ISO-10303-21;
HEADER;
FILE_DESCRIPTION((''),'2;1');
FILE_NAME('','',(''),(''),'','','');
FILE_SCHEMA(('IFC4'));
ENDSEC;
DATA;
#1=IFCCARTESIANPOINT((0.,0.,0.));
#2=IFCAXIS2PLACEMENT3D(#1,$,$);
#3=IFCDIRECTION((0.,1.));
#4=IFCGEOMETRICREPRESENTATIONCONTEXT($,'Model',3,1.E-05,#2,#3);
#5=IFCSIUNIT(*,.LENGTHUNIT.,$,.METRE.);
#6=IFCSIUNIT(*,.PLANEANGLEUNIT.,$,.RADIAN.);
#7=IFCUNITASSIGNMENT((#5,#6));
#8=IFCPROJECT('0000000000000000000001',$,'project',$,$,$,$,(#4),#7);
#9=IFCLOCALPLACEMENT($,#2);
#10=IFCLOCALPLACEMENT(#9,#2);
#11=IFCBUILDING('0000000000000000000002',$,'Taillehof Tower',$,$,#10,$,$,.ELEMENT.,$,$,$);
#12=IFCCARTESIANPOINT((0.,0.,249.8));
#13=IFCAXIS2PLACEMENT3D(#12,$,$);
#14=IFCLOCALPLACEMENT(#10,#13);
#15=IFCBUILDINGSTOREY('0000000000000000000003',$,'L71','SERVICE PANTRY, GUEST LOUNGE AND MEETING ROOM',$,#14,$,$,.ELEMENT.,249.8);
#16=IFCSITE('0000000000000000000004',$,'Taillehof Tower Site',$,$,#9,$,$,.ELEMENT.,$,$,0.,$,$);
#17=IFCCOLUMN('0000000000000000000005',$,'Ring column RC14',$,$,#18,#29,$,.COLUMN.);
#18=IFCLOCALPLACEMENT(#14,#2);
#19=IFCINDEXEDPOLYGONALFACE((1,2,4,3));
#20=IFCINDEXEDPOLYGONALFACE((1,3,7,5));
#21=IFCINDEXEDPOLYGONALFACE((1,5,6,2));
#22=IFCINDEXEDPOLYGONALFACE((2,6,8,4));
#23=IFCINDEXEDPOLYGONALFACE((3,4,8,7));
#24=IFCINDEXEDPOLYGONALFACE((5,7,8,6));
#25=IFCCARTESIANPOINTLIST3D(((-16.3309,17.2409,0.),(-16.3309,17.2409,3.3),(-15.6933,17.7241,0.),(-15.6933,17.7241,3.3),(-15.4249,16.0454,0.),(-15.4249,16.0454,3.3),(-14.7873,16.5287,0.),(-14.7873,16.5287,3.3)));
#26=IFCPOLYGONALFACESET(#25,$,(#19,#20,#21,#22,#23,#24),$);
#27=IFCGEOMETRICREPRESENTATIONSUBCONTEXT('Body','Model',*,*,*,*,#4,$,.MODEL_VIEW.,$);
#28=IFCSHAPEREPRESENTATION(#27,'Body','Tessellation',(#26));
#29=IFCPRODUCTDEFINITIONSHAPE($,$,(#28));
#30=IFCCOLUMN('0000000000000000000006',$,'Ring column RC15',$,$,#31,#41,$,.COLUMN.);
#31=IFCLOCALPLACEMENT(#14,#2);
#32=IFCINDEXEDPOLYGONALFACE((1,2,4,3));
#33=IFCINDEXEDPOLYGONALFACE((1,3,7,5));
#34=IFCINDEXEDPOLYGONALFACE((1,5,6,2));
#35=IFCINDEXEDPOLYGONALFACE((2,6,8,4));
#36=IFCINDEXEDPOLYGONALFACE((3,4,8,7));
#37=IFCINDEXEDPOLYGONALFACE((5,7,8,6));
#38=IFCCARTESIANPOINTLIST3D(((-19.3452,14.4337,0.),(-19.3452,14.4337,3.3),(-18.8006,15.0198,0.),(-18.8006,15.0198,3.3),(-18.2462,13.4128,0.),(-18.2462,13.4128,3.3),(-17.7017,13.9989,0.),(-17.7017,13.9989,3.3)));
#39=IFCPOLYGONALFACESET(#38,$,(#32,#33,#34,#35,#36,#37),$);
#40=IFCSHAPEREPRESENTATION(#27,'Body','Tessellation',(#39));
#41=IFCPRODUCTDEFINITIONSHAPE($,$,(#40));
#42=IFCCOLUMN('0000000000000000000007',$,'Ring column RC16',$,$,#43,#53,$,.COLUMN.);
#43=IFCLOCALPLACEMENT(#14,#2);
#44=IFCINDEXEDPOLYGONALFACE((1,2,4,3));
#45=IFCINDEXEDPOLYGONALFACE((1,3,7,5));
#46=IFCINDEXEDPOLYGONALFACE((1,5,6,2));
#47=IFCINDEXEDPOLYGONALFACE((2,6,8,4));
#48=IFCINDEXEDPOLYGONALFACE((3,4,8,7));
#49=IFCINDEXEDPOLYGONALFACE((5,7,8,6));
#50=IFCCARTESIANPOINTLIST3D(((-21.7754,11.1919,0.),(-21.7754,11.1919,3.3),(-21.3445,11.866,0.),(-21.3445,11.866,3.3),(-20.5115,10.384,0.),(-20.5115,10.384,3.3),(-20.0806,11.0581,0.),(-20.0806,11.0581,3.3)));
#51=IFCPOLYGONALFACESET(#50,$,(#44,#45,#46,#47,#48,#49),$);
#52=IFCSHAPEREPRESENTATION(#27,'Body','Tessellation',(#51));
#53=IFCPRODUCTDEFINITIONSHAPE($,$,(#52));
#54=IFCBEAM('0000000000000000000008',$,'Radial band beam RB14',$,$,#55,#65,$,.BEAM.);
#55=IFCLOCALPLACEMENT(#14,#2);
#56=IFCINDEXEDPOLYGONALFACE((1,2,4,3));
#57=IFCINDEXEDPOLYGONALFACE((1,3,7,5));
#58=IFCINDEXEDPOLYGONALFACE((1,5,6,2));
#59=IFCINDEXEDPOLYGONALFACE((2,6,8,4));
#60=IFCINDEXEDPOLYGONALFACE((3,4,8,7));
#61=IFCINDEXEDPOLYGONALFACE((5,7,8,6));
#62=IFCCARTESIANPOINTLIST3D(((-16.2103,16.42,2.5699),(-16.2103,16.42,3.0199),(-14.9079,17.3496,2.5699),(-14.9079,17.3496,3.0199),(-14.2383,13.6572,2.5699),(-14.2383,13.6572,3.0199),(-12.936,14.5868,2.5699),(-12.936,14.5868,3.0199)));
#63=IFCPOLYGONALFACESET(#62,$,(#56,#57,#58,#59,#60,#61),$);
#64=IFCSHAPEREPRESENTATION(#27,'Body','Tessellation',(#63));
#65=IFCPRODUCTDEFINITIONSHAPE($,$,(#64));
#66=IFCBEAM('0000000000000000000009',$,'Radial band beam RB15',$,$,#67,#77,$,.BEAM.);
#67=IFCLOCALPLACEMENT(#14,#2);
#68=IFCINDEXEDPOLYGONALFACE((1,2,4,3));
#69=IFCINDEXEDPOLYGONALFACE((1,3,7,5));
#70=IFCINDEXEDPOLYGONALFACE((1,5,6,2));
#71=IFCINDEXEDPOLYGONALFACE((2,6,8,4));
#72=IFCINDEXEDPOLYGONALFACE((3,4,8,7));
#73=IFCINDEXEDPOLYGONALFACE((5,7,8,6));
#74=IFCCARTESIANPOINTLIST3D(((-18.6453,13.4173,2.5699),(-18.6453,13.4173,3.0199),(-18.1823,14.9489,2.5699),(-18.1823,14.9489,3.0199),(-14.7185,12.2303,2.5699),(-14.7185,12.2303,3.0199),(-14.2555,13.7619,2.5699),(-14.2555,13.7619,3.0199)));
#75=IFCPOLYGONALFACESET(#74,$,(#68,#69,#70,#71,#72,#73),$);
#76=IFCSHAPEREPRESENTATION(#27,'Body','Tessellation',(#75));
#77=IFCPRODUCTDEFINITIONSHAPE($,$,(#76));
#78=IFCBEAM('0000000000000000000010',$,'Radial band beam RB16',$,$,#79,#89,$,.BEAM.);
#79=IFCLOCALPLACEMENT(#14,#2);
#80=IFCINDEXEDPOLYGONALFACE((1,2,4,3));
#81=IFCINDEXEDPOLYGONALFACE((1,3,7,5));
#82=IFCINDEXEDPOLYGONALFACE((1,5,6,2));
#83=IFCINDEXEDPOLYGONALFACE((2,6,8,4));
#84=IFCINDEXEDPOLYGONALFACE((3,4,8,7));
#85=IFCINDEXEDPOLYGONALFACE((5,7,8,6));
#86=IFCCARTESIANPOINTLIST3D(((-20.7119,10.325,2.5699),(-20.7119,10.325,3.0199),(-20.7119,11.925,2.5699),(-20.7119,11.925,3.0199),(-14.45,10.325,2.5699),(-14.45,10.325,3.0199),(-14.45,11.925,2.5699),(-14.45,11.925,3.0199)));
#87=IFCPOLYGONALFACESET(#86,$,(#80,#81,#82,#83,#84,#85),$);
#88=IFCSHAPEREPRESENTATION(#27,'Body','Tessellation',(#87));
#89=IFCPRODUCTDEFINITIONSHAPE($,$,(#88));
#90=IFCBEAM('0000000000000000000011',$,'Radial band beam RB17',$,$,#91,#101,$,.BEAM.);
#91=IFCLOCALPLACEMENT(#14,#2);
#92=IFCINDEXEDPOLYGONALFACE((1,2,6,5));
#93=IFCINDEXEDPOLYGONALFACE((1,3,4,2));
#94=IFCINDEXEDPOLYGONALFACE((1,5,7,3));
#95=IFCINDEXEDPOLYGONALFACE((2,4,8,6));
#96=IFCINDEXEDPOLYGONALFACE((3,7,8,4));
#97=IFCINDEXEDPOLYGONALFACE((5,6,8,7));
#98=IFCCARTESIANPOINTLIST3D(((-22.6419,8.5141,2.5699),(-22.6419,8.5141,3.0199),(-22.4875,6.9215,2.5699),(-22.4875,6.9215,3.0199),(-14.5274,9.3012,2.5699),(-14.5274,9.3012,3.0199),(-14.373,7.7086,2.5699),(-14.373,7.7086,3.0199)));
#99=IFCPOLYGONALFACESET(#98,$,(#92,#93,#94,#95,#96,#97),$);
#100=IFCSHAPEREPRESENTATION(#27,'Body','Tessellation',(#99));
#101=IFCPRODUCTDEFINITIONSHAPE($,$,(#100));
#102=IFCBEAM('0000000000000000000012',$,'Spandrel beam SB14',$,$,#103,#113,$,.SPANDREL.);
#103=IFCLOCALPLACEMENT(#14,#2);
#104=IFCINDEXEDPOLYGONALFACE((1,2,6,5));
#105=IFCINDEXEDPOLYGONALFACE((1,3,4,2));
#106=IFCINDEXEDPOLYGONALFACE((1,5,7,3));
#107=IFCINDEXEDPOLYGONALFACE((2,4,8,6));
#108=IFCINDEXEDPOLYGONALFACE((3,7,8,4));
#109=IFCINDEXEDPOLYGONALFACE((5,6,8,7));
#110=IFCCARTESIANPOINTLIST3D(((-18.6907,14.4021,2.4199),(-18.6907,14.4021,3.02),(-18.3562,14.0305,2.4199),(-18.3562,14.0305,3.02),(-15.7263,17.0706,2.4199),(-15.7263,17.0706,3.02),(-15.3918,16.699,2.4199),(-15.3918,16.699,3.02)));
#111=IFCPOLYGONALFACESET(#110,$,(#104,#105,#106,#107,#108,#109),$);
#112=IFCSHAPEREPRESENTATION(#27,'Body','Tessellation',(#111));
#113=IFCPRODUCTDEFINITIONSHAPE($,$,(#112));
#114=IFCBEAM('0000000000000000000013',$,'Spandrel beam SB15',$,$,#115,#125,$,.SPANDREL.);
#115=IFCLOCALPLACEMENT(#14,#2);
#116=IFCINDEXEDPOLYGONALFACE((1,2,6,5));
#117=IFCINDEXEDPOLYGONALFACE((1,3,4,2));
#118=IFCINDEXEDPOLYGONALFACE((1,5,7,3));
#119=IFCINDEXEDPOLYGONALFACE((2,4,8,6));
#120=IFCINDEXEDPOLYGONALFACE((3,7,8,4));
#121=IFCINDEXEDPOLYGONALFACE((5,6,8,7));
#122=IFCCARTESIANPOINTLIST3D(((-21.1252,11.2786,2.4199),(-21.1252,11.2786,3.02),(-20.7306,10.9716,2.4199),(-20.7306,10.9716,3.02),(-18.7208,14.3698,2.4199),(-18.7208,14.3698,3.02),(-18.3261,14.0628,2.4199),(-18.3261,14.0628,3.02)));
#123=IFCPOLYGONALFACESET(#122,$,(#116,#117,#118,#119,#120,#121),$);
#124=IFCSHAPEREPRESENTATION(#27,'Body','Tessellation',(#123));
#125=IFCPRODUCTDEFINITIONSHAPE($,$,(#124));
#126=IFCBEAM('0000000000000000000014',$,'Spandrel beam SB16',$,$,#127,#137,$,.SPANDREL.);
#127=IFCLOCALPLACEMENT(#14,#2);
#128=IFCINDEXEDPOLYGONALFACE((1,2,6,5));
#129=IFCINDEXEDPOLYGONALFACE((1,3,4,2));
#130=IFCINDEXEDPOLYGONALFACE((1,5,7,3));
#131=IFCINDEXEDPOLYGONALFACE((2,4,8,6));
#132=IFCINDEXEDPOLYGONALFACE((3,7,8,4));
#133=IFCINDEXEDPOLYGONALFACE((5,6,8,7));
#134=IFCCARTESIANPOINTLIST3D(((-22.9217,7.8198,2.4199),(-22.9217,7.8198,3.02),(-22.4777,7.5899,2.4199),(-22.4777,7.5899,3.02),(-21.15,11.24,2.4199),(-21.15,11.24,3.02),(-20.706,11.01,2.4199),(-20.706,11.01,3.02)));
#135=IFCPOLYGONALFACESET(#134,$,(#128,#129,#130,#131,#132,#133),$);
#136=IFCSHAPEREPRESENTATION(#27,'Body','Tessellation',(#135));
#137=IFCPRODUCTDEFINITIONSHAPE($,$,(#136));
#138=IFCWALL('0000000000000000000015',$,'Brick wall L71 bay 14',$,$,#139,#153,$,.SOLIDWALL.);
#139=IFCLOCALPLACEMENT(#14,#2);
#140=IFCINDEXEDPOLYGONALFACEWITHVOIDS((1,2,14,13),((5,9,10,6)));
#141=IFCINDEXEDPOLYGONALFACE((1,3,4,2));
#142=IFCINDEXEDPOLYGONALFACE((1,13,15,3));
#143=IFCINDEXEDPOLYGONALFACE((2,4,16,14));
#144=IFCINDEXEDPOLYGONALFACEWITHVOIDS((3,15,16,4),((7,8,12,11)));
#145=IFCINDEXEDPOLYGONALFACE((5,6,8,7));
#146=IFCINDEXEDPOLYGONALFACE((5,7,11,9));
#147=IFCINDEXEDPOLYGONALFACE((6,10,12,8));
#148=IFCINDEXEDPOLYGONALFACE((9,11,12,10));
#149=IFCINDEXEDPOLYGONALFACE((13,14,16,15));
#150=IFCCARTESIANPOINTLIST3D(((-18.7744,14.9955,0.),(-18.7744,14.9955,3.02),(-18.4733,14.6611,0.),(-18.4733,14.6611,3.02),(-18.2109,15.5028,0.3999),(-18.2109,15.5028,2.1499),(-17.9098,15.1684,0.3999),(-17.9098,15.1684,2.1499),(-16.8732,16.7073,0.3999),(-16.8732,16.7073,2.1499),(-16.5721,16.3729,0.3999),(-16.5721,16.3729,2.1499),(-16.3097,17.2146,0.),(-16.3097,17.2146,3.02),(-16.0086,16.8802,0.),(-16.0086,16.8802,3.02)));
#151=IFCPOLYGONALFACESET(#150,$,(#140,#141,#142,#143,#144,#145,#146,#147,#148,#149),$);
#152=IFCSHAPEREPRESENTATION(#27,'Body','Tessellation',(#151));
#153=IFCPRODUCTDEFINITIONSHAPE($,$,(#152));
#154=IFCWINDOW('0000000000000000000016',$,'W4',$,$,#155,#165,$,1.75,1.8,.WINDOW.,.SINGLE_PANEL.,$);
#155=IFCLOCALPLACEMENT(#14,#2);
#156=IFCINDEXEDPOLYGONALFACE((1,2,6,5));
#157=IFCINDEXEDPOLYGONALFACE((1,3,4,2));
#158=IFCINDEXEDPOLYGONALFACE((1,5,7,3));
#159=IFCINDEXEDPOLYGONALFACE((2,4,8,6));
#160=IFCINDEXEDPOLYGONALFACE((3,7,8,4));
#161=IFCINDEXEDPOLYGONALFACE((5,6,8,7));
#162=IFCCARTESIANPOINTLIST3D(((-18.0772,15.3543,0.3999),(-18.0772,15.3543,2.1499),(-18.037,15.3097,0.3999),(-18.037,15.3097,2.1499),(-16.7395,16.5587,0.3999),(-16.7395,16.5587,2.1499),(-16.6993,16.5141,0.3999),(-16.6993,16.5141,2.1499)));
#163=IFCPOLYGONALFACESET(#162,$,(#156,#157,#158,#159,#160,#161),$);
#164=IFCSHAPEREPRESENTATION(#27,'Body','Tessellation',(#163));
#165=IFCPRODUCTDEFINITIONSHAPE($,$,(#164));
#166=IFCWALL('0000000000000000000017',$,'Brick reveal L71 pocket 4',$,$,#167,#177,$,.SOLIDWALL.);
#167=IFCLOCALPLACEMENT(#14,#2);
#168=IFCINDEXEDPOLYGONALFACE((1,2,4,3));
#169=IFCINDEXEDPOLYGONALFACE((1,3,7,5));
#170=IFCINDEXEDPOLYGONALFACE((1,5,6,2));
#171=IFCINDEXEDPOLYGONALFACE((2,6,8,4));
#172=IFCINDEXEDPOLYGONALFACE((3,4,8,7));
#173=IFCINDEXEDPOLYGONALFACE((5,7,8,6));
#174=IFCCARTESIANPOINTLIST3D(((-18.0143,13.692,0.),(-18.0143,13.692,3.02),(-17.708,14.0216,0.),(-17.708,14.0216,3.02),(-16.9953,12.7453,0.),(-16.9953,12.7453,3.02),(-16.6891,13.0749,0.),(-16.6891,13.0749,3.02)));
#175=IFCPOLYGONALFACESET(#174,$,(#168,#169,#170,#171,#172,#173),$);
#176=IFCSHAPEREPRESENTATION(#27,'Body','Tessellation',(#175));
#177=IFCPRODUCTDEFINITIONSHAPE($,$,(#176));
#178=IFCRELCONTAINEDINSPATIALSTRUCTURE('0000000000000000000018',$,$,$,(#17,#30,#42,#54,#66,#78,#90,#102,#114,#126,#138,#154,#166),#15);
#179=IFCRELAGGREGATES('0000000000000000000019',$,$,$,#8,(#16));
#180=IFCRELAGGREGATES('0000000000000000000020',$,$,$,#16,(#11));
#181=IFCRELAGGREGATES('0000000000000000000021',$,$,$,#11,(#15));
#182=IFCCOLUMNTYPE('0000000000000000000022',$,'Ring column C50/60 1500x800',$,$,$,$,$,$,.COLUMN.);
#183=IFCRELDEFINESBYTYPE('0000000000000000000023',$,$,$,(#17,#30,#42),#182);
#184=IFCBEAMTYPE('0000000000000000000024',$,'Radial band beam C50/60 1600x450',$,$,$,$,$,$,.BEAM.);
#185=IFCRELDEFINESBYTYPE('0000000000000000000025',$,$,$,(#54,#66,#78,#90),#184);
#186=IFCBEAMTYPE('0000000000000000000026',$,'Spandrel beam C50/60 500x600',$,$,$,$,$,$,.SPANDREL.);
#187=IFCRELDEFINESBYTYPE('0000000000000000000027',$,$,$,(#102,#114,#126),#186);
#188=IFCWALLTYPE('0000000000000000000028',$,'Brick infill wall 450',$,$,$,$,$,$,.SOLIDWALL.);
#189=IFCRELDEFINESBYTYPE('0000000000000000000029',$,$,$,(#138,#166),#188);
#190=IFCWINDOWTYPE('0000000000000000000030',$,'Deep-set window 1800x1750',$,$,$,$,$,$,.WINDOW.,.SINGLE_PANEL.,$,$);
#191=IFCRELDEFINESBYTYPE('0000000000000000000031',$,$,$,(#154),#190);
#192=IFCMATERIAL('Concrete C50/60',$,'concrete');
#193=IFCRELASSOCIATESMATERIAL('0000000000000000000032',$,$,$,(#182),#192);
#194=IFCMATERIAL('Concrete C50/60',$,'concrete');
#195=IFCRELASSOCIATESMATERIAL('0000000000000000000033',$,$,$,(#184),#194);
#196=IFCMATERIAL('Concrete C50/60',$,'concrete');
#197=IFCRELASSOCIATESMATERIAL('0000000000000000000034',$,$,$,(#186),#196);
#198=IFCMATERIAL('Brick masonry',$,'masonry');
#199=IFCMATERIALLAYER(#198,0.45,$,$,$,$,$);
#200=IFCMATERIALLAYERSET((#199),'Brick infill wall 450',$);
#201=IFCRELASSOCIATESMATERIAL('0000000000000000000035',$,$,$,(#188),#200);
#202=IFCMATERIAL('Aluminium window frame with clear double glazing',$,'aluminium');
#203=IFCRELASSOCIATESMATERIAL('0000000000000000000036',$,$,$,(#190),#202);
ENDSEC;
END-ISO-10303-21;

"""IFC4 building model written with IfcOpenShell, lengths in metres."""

from ifc_helpers import new_model, si_unit, direction, frame, frame_2d, origin, origin_2d, place, context, subcontext, project, spatial, rectangle, extrude, material, layer, layer_set, material_profile, profile_set, type_object, element, fill, save


model = new_model("IFC4")

# Units and contexts
model_context = context("Model", 3, precision=1e-05, world=origin(), true_north=direction((0.0, 1.0)))
body_context = subcontext(model_context, "Body", "Model", "MODEL_VIEW")
ifc_project = project(units=[si_unit("LENGTHUNIT", "METRE"), si_unit("PLANEANGLEUNIT", "RADIAN")], contexts=[model_context])

# Site, building, storey
site_placement = place(None, origin())
site = spatial("IfcSite", under=ifc_project, at=site_placement, Name="Taillehof Tower Site", CompositionType="ELEMENT", RefElevation=0.0)
building_placement = place(site_placement, origin())
building = spatial("IfcBuilding", under=site, at=building_placement, Name="Taillehof Tower", CompositionType="ELEMENT")
storey_placement = place(building_placement, frame((0.0, 0.0, 249.8)))
storey = spatial("IfcBuildingStorey", under=building, at=storey_placement, Name="L71", Description="SERVICE PANTRY, GUEST LOUNGE AND MEETING ROOM", CompositionType="ELEMENT", Elevation=249.8)

# Columns
ifc_material_1 = material(Name="Concrete C50/60", Category="concrete")
ifc_material_profile_1 = material_profile(ifc_material_1, rectangle(XDim=1.5, YDim=0.8, at=origin_2d()), Name="RC 1500x800")
ifc_profile_set_1 = profile_set([ifc_material_profile_1], Name="Concrete C50/60")
column_type = type_object("IfcColumnType", Name="Ring column C50/60 1500x800", PredefinedType="COLUMN", material=ifc_profile_set_1)
for number, where, z_axis, x_axis, name in (
    (1, (-15.5591, 16.8848, 0.0), (0.0, 0.0, 1.0), (-0.60402, 0.796969, 0.0), "Ring column RC14"),
    (2, (-18.5234, 14.2163, 0.0), (0.0, 0.0, 1.0), (-0.732636, 0.680621, 0.0), "Ring column RC15"),
    (3, (-20.928, 11.125, 0.0), (0.0, 0.0, 1.0), (-0.842574, 0.538581, 0.0), "Ring column RC16"),
):
    element("IfcColumn", number, at=place(storey_placement, frame(where, z_axis=z_axis, x_axis=x_axis)), inside=storey, type_object=column_type, Name=name, PredefinedType="COLUMN", context=body_context, shape_type="SweptSolid", body=[
        extrude(rectangle(XDim=1.5, YDim=0.8, at=origin_2d()), origin(), (0.0, 0.0, 1.0), 3.3),
    ])

# Beams
ifc_material_2 = material(Name="Concrete C50/60", Category="concrete")
ifc_material_profile_2 = material_profile(ifc_material_2, rectangle(XDim=1.6001, YDim=0.45, at=origin_2d()), Name="RC 1600x450")
ifc_profile_set_2 = profile_set([ifc_material_profile_2], Name="Concrete C50/60")
beam_type_1 = type_object("IfcBeamType", Name="Radial band beam C50/60 1600x450", PredefinedType="BEAM", material=ifc_profile_set_2)
beam_1_placement = place(storey_placement, frame((-15.5591, 16.8848, 2.7949), z_axis=(0.580959, -0.813933, 0.0), x_axis=(0.813933, 0.580959, 0.0)))
element("IfcBeam", 4, at=beam_1_placement, inside=storey, type_object=beam_type_1, Name="Radial band beam RB14", PredefinedType="BEAM", context=body_context, shape_type="SweptSolid", body=[
    extrude(rectangle(XDim=1.6001, YDim=0.45, at=origin_2d()), origin(), (0.0, 0.0, 1.0), 3.3943),
])
beam_2_placement = place(storey_placement, frame((-18.4138, 14.1831, 2.7949), z_axis=(0.957221, -0.289357, 0.0), x_axis=(0.289357, 0.957221, 0.0)))
element("IfcBeam", 5, at=beam_2_placement, inside=storey, type_object=beam_type_1, Name="Radial band beam RB15", PredefinedType="BEAM", context=body_context, shape_type="SweptSolid", body=[
    extrude(rectangle(XDim=1.6001, YDim=0.45, at=origin_2d()), origin(), (0.0, 0.0, 1.0), 4.1023),
])
beam_3_placement = place(storey_placement, frame((-20.7119, 11.125, 2.7949), z_axis=(1.0, 0.0, 0.0), x_axis=(0.0, 1.0, 0.0)))
element("IfcBeam", 6, at=beam_3_placement, inside=storey, type_object=beam_type_1, Name="Radial band beam RB16", PredefinedType="BEAM", context=body_context, shape_type="SweptSolid", body=[
    extrude(rectangle(XDim=1.6001, YDim=0.45, at=origin_2d()), origin(), (0.0, 0.0, 1.0), 6.262),
])
beam_4_placement = place(storey_placement, frame((-22.5647, 7.7178, 2.7949), z_axis=(0.995328, 0.096547, 0.0), x_axis=(-0.096547, 0.995328, 0.0)))
element("IfcBeam", 7, at=beam_4_placement, inside=storey, type_object=beam_type_1, Name="Radial band beam RB17", PredefinedType="BEAM", context=body_context, shape_type="SweptSolid", body=[
    extrude(rectangle(XDim=1.6001, YDim=0.45, at=origin_2d()), origin(), (0.0, 0.0, 1.0), 8.1526),
])
ifc_material_3 = material(Name="Concrete C50/60", Category="concrete")
ifc_material_profile_3 = material_profile(ifc_material_3, rectangle(XDim=0.5, YDim=0.6001, at=origin_2d()), Name="RC 500x600")
ifc_profile_set_3 = profile_set([ifc_material_profile_3], Name="Concrete C50/60")
beam_type_2 = type_object("IfcBeamType", Name="Spandrel beam C50/60 500x600", PredefinedType="SPANDREL", material=ifc_profile_set_3)
beam_5_placement = place(storey_placement, frame((-15.5591, 16.8848, 2.72), z_axis=(-0.743227, -0.669039, 0.0), x_axis=(0.669039, -0.743227, 0.0)))
element("IfcBeam", 8, at=beam_5_placement, inside=storey, type_object=beam_type_2, Name="Spandrel beam SB14", PredefinedType="SPANDREL", context=body_context, shape_type="SweptSolid", body=[
    extrude(rectangle(XDim=0.5, YDim=0.6001, at=origin_2d()), origin(), (0.0, 0.0, 1.0), 3.9885),
])
beam_6_placement = place(storey_placement, frame((-18.5234, 14.2163, 2.72), z_axis=(-0.613971, -0.789329, 0.0), x_axis=(0.789329, -0.613971, 0.0)))
element("IfcBeam", 9, at=beam_6_placement, inside=storey, type_object=beam_type_2, Name="Spandrel beam SB15", PredefinedType="SPANDREL", context=body_context, shape_type="SweptSolid", body=[
    extrude(rectangle(XDim=0.5, YDim=0.6001, at=origin_2d()), origin(), (0.0, 0.0, 1.0), 3.9163),
])
beam_7_placement = place(storey_placement, frame((-20.928, 11.125, 2.72), z_axis=(-0.459971, -0.887934, 0.0), x_axis=(0.887934, -0.459971, 0.0)))
element("IfcBeam", 10, at=beam_7_placement, inside=storey, type_object=beam_type_2, Name="Spandrel beam SB16", PredefinedType="SPANDREL", context=body_context, shape_type="SweptSolid", body=[
    extrude(rectangle(XDim=0.5, YDim=0.6001, at=origin_2d()), origin(), (0.0, 0.0, 1.0), 3.8518),
])

# Wall, opening, window
ifc_material_4 = material(Name="Brick masonry", Category="masonry")
ifc_layer_1 = layer(ifc_material_4, 0.45)
ifc_layer_set_1 = layer_set([ifc_layer_1], Name="Brick infill wall 450")
wall_type_1 = type_object("IfcWallType", Name="Brick infill wall 450", PredefinedType="SOLIDWALL", material=ifc_layer_set_1)
wall_1_placement = place(storey_placement, frame((-16.1592, 17.0474, 0.0), z_axis=(0.0, 0.0, 1.0), x_axis=(-0.743166, -0.669107, 0.0)))
wall_1 = element("IfcWall", 11, at=wall_1_placement, inside=storey, type_object=wall_type_1, Name="Brick wall L71 bay 14", PredefinedType="SOLIDWALL", context=body_context, shape_type="SweptSolid", body=[
    extrude(rectangle(XDim=3.3164, YDim=0.45, at=frame_2d((1.6582, 0.0))), origin(), (0.0, 0.0, 1.0), 3.02),
])
opening_1_placement = place(wall_1_placement, frame((0.7583, 0.0, 0.3999)))
opening_1 = element("IfcOpeningElement", 12, at=opening_1_placement, cuts=wall_1, PredefinedType="OPENING", context=body_context, shape_type="SweptSolid", body=[
    extrude(rectangle(XDim=1.8, YDim=1.75, at=frame_2d((0.8999, 0.875))), frame((0.0, 0.2349, 0.0), z_axis=(0.0, -1.0, 0.0), x_axis=(1.0, 0.0, 0.0)), (0.0, 0.0, 1.0), 0.47),
])
ifc_material_5 = material(Name="Aluminium window frame with clear double glazing", Category="aluminium")
window_type_1 = type_object("IfcWindowType", Name="Deep-set window 1800x1750", PartitioningType="SINGLE_PANEL", PredefinedType="WINDOW", material=ifc_material_5)
window_1_placement = place(opening_1_placement, origin())
window_1 = element("IfcWindow", 13, at=window_1_placement, inside=storey, type_object=window_type_1, Name="W4", OverallHeight=1.75, OverallWidth=1.8, PartitioningType="SINGLE_PANEL", PredefinedType="WINDOW", context=body_context, shape_type="SweptSolid", body=[
    extrude(rectangle(XDim=1.8, YDim=1.75, at=frame_2d((0.8999, 0.875))), frame((0.0, 0.0349, 0.0), z_axis=(0.0, -1.0, 0.0), x_axis=(1.0, 0.0, 0.0)), (0.0, 0.0, 1.0), 0.0601),
])
fill(opening_1, window_1)

# Wall
wall_2_placement = place(storey_placement, frame((-17.8611, 13.8567, 0.0), z_axis=(0.0, 0.0, 1.0), x_axis=(0.732606, -0.680653, 0.0)))
element("IfcWall", 14, at=wall_2_placement, inside=storey, type_object=wall_type_1, Name="Brick reveal L71 pocket 4", PredefinedType="SOLIDWALL", context=body_context, shape_type="SweptSolid", body=[
    extrude(rectangle(XDim=1.3909, YDim=0.45, at=frame_2d((0.6953, 0.0))), origin(), (0.0, 0.0, 1.0), 3.02),
])

save(model, "model.ifc")
